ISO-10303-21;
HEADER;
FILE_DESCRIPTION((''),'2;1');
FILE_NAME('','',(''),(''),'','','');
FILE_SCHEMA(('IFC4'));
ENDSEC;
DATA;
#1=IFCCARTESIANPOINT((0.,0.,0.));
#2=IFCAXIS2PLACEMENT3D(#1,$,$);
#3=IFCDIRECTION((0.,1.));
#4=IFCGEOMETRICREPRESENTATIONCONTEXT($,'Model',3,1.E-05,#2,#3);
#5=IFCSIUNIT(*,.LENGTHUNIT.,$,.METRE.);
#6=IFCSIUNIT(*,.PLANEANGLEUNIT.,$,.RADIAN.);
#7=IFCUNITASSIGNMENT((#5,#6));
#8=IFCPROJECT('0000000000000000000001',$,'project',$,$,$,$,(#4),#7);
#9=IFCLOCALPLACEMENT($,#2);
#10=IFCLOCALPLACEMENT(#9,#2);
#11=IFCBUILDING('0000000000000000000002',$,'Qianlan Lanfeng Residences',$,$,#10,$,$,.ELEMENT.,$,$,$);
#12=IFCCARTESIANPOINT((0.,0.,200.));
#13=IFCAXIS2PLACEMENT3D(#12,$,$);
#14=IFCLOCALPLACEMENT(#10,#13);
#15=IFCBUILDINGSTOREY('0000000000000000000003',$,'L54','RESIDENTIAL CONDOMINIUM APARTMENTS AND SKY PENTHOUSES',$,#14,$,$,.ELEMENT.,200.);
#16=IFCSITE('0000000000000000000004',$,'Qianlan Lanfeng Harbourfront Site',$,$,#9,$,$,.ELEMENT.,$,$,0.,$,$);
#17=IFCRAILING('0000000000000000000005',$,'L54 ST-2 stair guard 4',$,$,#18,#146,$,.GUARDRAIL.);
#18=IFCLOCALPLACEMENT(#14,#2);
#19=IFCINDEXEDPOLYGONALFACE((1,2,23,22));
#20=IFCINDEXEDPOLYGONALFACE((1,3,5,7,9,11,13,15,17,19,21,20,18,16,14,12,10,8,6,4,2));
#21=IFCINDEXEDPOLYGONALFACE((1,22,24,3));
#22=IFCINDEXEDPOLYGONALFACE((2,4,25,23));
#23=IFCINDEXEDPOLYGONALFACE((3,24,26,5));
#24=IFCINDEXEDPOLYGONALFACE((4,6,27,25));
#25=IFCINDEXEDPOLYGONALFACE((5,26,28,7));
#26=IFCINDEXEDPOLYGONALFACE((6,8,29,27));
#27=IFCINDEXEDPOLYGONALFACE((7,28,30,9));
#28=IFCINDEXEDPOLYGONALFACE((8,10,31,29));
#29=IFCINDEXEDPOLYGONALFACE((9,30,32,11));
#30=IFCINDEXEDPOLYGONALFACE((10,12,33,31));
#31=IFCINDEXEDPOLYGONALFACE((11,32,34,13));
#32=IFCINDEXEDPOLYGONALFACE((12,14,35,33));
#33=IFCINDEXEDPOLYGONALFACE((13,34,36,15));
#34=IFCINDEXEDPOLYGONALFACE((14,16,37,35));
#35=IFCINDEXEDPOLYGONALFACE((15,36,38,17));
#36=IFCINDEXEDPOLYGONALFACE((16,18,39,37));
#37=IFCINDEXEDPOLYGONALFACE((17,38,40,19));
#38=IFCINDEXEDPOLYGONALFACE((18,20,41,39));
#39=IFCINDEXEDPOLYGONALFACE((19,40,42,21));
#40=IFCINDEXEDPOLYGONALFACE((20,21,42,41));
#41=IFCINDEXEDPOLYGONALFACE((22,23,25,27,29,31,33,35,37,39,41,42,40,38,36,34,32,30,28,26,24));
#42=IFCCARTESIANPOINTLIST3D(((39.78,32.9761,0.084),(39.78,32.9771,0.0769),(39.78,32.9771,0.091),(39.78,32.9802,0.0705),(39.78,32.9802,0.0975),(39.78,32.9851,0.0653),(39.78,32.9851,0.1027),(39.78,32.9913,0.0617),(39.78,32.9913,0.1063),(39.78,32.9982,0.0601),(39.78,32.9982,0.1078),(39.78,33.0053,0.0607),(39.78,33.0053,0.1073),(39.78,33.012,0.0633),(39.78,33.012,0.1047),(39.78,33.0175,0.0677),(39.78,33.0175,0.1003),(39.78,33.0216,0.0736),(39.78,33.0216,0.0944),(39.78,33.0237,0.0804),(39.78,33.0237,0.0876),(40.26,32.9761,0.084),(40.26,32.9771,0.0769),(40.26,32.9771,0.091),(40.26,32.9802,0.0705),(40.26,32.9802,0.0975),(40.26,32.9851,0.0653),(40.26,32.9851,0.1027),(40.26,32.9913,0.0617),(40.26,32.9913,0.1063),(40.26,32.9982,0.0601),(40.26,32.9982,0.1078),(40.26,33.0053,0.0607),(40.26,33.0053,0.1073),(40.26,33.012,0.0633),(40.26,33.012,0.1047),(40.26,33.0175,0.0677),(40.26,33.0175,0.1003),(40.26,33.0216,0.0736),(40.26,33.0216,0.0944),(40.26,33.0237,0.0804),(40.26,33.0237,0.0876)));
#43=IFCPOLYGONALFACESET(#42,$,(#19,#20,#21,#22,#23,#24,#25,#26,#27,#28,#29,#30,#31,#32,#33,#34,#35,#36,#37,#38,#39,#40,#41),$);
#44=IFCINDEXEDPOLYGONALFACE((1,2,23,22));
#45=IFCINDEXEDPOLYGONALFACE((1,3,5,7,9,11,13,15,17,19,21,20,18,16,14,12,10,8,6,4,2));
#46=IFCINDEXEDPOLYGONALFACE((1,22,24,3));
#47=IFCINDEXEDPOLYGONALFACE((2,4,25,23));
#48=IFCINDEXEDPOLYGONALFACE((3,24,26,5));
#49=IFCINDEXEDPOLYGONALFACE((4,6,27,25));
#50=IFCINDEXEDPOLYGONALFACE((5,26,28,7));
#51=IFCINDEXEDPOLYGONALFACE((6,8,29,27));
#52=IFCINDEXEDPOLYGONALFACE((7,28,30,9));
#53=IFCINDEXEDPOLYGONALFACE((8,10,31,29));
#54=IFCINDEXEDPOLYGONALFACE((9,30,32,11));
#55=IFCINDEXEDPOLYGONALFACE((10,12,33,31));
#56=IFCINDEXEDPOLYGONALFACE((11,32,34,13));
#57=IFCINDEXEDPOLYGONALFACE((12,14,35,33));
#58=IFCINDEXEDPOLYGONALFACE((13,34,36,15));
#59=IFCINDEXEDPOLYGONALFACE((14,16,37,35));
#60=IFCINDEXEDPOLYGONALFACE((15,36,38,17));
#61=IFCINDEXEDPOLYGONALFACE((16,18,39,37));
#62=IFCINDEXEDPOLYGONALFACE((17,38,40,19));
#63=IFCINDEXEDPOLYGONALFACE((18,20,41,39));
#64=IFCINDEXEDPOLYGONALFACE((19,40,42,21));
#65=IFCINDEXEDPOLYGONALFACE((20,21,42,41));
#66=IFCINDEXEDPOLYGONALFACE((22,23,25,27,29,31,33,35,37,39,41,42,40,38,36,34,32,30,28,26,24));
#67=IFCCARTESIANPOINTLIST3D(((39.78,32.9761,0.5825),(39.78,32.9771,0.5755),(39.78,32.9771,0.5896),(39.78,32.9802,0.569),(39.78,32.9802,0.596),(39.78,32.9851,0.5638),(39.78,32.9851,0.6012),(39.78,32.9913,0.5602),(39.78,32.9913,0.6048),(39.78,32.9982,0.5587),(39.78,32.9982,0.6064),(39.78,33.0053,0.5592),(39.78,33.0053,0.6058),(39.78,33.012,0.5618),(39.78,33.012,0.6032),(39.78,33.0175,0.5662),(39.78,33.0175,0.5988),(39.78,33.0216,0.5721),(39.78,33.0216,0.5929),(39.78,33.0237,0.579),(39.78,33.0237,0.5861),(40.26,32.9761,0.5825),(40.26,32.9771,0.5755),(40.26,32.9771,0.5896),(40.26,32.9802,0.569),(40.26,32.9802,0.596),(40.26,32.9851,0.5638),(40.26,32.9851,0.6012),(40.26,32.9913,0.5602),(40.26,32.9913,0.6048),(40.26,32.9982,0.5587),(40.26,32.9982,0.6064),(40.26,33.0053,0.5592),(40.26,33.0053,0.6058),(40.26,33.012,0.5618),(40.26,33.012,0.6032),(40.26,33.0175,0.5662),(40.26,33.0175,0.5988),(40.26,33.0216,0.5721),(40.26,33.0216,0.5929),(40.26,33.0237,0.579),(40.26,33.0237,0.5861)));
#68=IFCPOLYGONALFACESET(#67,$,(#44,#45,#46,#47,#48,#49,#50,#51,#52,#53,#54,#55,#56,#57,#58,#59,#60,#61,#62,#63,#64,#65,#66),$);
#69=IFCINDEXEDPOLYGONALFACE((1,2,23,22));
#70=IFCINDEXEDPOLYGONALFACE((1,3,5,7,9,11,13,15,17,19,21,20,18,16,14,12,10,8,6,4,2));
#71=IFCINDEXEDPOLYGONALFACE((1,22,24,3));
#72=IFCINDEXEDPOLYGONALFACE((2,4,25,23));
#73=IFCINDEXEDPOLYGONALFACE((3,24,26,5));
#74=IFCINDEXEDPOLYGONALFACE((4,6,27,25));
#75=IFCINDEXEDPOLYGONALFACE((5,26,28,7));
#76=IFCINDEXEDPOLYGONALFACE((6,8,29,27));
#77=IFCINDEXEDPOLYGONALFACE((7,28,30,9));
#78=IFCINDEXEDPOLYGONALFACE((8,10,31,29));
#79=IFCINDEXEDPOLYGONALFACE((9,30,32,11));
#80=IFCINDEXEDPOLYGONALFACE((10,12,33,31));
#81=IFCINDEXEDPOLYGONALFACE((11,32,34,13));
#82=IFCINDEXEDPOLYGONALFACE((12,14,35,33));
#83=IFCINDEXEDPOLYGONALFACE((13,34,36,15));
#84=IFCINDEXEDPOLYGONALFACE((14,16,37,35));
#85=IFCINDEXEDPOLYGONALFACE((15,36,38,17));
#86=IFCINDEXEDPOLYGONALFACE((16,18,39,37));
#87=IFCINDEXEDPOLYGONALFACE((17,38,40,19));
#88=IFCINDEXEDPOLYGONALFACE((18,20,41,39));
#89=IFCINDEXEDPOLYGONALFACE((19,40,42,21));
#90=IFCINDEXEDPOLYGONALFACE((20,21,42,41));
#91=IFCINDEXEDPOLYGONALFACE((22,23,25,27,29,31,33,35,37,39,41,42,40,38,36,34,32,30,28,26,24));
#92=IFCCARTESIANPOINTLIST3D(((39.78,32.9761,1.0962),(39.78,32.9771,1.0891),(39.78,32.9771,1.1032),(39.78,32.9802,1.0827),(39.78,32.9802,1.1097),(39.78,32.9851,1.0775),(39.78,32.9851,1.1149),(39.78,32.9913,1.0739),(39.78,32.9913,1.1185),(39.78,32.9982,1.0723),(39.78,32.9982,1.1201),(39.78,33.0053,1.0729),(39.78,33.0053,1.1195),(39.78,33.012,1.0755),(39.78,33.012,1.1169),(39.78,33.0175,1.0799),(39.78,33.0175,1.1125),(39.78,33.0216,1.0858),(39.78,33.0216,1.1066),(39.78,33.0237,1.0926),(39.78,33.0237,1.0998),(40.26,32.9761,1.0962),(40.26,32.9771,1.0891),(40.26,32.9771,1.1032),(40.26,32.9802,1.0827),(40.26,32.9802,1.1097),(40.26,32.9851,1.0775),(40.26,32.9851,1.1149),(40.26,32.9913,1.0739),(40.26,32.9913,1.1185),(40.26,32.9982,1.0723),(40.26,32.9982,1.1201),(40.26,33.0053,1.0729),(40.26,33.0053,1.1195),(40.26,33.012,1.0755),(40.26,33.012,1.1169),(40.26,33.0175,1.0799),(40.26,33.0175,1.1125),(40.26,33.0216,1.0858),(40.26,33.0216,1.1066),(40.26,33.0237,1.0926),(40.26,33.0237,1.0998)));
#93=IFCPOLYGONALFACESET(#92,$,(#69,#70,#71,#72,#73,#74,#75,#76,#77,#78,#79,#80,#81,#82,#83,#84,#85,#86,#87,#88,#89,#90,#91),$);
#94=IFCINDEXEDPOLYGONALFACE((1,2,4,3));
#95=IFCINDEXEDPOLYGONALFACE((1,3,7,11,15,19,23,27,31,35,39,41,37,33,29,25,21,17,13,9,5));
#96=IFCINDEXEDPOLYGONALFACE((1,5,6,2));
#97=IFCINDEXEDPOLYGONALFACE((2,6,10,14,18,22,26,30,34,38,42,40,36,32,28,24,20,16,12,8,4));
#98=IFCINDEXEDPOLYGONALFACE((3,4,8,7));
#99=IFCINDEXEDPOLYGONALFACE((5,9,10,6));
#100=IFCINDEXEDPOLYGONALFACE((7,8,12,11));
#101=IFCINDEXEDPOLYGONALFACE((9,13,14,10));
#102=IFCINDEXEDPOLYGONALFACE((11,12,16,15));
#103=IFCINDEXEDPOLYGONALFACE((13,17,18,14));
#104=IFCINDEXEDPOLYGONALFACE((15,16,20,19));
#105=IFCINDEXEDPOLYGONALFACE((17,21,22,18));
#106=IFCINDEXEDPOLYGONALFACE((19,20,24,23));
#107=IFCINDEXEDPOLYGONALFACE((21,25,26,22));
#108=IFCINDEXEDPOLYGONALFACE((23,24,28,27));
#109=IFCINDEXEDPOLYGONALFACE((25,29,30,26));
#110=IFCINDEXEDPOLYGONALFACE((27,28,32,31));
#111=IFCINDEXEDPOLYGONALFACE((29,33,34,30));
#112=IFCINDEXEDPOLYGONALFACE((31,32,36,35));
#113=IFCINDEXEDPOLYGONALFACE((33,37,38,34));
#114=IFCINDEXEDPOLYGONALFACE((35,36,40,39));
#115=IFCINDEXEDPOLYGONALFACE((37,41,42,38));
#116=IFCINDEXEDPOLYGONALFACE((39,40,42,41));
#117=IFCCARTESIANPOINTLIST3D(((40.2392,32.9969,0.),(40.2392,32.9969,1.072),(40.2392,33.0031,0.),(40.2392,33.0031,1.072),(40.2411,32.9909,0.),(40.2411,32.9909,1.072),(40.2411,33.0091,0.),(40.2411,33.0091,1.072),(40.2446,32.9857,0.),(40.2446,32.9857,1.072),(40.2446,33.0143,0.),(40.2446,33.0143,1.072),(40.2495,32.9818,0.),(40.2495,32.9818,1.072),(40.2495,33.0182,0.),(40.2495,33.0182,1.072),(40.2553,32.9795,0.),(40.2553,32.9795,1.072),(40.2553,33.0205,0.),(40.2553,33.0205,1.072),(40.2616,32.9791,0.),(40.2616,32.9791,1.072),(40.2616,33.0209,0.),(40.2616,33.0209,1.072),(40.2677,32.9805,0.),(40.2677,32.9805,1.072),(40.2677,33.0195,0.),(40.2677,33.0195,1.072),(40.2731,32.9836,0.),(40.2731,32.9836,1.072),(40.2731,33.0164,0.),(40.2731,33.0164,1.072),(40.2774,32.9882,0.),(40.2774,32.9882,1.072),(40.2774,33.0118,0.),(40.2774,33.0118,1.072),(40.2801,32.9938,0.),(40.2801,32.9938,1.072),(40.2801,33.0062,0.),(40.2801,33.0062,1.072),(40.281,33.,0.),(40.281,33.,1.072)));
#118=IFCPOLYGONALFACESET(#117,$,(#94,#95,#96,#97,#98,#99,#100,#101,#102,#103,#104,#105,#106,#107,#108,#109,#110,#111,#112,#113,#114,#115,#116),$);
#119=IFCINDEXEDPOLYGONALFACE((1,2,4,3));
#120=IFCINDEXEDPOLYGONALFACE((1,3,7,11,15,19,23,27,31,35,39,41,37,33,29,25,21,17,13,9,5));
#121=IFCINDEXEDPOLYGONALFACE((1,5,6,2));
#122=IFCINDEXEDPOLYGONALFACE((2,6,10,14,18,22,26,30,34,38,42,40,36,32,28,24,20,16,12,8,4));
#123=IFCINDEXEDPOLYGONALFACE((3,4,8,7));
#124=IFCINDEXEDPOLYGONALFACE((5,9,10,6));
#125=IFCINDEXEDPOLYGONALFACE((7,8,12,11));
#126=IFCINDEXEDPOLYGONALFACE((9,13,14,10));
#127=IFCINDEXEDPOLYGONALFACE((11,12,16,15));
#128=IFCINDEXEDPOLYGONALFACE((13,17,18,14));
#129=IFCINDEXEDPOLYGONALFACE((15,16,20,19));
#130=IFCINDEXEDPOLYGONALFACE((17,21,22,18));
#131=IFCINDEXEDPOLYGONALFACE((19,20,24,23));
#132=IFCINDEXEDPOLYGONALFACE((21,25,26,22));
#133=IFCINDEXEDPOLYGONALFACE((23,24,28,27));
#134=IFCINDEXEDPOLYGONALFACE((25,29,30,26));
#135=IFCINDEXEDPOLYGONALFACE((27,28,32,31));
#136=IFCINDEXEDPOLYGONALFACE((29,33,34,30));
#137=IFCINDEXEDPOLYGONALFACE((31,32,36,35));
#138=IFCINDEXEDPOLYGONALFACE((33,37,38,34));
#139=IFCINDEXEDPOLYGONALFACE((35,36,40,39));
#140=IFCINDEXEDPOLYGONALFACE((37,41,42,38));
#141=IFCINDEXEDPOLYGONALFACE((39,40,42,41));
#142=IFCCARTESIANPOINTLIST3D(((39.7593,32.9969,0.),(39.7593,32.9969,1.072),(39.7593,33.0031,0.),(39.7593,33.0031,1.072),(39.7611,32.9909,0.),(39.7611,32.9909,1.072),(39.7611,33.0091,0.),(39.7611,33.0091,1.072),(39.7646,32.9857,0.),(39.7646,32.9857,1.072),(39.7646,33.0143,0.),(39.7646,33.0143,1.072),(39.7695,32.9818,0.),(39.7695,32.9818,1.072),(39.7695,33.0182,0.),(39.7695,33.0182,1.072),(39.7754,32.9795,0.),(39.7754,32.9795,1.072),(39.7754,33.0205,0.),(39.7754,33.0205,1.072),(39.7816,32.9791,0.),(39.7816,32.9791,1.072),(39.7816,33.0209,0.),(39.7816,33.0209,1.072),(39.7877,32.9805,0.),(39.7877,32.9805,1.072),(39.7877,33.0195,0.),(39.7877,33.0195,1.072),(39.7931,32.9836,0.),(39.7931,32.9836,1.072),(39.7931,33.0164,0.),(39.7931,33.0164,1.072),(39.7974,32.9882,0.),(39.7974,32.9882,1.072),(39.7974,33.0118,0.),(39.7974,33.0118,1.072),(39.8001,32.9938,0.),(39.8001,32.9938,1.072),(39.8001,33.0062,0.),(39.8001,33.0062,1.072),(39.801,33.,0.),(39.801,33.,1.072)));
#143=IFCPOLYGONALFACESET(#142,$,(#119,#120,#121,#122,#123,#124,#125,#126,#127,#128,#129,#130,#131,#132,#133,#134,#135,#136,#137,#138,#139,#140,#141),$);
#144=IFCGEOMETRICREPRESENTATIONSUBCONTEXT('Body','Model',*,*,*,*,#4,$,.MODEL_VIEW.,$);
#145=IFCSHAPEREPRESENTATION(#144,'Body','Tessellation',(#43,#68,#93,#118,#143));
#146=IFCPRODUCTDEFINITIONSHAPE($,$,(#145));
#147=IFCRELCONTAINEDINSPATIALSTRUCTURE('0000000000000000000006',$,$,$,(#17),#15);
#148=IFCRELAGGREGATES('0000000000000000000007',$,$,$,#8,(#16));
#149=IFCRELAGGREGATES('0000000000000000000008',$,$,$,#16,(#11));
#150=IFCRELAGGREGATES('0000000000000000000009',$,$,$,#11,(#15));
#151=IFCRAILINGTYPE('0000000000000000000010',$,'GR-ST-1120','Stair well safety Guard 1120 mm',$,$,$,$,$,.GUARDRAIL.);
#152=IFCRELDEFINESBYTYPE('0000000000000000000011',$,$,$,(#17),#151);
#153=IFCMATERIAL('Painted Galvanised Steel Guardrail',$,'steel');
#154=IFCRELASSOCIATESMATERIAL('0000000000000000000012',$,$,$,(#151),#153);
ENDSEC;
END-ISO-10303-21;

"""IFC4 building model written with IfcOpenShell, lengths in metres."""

from ifc_helpers import new_model, si_unit, direction, frame, origin, origin_2d, place, context, subcontext, project, spatial, circle, extrude, material, type_object, element, save


model = new_model("IFC4")

# Units and contexts
model_context = context("Model", 3, precision=1e-05, world=origin(), true_north=direction((0.0, 1.0)))
body_context = subcontext(model_context, "Body", "Model", "MODEL_VIEW")
ifc_project = project(units=[si_unit("LENGTHUNIT", "METRE"), si_unit("PLANEANGLEUNIT", "RADIAN")], contexts=[model_context])

# Site, building, storey
site_placement = place(None, origin())
site = spatial("IfcSite", under=ifc_project, at=site_placement, Name="Qianlan Lanfeng Harbourfront Site", CompositionType="ELEMENT", RefElevation=0.0)
building_placement = place(site_placement, origin())
building = spatial("IfcBuilding", under=site, at=building_placement, Name="Qianlan Lanfeng Residences", CompositionType="ELEMENT")
storey_placement = place(building_placement, frame((0.0, 0.0, 200.0)))
storey = spatial("IfcBuildingStorey", under=building, at=storey_placement, Name="L54", Description="RESIDENTIAL CONDOMINIUM APARTMENTS AND SKY PENTHOUSES", CompositionType="ELEMENT", Elevation=200.0)

# Railing
ifc_material_1 = material(Name="Painted Galvanised Steel Guardrail", Category="steel")
railing_type_1 = type_object("IfcRailingType", Name="GR-ST-1120", Description="Stair well safety Guard 1120 mm", PredefinedType="GUARDRAIL", material=ifc_material_1)
railing_1_placement = place(storey_placement, frame((40.26, 33.0, 0.0)))
element("IfcRailing", 1, at=railing_1_placement, inside=storey, type_object=railing_type_1, Name="L54 ST-2 stair guard 4", PredefinedType="GUARDRAIL", context=body_context, shape_type="SweptSolid", body=[
    extrude(circle(Radius=0.0239, at=origin_2d()), frame((0.0, 0.0, 0.084), z_axis=(-1.0, 0.0, 0.0), x_axis=(0.0, -1.0, 0.0)), (0.0, 0.0, 1.0), 0.48),
    extrude(circle(Radius=0.0239, at=origin_2d()), frame((0.0, 0.0, 0.5825), z_axis=(-1.0, 0.0, 0.0), x_axis=(0.0, -1.0, 0.0)), (0.0, 0.0, 1.0), 0.48),
    extrude(circle(Radius=0.0239, at=origin_2d()), frame((0.0, 0.0, 1.0962), z_axis=(-1.0, 0.0, 0.0), x_axis=(0.0, -1.0, 0.0)), (0.0, 0.0, 1.0), 0.48),
    extrude(circle(Radius=0.021, at=origin_2d()), origin(), (0.0, 0.0, 1.0), 1.072),
    extrude(circle(Radius=0.021, at=origin_2d()), frame((-0.48, 0.0, 0.0)), (0.0, 0.0, 1.0), 1.072),
])

save(model, "model.ifc")
